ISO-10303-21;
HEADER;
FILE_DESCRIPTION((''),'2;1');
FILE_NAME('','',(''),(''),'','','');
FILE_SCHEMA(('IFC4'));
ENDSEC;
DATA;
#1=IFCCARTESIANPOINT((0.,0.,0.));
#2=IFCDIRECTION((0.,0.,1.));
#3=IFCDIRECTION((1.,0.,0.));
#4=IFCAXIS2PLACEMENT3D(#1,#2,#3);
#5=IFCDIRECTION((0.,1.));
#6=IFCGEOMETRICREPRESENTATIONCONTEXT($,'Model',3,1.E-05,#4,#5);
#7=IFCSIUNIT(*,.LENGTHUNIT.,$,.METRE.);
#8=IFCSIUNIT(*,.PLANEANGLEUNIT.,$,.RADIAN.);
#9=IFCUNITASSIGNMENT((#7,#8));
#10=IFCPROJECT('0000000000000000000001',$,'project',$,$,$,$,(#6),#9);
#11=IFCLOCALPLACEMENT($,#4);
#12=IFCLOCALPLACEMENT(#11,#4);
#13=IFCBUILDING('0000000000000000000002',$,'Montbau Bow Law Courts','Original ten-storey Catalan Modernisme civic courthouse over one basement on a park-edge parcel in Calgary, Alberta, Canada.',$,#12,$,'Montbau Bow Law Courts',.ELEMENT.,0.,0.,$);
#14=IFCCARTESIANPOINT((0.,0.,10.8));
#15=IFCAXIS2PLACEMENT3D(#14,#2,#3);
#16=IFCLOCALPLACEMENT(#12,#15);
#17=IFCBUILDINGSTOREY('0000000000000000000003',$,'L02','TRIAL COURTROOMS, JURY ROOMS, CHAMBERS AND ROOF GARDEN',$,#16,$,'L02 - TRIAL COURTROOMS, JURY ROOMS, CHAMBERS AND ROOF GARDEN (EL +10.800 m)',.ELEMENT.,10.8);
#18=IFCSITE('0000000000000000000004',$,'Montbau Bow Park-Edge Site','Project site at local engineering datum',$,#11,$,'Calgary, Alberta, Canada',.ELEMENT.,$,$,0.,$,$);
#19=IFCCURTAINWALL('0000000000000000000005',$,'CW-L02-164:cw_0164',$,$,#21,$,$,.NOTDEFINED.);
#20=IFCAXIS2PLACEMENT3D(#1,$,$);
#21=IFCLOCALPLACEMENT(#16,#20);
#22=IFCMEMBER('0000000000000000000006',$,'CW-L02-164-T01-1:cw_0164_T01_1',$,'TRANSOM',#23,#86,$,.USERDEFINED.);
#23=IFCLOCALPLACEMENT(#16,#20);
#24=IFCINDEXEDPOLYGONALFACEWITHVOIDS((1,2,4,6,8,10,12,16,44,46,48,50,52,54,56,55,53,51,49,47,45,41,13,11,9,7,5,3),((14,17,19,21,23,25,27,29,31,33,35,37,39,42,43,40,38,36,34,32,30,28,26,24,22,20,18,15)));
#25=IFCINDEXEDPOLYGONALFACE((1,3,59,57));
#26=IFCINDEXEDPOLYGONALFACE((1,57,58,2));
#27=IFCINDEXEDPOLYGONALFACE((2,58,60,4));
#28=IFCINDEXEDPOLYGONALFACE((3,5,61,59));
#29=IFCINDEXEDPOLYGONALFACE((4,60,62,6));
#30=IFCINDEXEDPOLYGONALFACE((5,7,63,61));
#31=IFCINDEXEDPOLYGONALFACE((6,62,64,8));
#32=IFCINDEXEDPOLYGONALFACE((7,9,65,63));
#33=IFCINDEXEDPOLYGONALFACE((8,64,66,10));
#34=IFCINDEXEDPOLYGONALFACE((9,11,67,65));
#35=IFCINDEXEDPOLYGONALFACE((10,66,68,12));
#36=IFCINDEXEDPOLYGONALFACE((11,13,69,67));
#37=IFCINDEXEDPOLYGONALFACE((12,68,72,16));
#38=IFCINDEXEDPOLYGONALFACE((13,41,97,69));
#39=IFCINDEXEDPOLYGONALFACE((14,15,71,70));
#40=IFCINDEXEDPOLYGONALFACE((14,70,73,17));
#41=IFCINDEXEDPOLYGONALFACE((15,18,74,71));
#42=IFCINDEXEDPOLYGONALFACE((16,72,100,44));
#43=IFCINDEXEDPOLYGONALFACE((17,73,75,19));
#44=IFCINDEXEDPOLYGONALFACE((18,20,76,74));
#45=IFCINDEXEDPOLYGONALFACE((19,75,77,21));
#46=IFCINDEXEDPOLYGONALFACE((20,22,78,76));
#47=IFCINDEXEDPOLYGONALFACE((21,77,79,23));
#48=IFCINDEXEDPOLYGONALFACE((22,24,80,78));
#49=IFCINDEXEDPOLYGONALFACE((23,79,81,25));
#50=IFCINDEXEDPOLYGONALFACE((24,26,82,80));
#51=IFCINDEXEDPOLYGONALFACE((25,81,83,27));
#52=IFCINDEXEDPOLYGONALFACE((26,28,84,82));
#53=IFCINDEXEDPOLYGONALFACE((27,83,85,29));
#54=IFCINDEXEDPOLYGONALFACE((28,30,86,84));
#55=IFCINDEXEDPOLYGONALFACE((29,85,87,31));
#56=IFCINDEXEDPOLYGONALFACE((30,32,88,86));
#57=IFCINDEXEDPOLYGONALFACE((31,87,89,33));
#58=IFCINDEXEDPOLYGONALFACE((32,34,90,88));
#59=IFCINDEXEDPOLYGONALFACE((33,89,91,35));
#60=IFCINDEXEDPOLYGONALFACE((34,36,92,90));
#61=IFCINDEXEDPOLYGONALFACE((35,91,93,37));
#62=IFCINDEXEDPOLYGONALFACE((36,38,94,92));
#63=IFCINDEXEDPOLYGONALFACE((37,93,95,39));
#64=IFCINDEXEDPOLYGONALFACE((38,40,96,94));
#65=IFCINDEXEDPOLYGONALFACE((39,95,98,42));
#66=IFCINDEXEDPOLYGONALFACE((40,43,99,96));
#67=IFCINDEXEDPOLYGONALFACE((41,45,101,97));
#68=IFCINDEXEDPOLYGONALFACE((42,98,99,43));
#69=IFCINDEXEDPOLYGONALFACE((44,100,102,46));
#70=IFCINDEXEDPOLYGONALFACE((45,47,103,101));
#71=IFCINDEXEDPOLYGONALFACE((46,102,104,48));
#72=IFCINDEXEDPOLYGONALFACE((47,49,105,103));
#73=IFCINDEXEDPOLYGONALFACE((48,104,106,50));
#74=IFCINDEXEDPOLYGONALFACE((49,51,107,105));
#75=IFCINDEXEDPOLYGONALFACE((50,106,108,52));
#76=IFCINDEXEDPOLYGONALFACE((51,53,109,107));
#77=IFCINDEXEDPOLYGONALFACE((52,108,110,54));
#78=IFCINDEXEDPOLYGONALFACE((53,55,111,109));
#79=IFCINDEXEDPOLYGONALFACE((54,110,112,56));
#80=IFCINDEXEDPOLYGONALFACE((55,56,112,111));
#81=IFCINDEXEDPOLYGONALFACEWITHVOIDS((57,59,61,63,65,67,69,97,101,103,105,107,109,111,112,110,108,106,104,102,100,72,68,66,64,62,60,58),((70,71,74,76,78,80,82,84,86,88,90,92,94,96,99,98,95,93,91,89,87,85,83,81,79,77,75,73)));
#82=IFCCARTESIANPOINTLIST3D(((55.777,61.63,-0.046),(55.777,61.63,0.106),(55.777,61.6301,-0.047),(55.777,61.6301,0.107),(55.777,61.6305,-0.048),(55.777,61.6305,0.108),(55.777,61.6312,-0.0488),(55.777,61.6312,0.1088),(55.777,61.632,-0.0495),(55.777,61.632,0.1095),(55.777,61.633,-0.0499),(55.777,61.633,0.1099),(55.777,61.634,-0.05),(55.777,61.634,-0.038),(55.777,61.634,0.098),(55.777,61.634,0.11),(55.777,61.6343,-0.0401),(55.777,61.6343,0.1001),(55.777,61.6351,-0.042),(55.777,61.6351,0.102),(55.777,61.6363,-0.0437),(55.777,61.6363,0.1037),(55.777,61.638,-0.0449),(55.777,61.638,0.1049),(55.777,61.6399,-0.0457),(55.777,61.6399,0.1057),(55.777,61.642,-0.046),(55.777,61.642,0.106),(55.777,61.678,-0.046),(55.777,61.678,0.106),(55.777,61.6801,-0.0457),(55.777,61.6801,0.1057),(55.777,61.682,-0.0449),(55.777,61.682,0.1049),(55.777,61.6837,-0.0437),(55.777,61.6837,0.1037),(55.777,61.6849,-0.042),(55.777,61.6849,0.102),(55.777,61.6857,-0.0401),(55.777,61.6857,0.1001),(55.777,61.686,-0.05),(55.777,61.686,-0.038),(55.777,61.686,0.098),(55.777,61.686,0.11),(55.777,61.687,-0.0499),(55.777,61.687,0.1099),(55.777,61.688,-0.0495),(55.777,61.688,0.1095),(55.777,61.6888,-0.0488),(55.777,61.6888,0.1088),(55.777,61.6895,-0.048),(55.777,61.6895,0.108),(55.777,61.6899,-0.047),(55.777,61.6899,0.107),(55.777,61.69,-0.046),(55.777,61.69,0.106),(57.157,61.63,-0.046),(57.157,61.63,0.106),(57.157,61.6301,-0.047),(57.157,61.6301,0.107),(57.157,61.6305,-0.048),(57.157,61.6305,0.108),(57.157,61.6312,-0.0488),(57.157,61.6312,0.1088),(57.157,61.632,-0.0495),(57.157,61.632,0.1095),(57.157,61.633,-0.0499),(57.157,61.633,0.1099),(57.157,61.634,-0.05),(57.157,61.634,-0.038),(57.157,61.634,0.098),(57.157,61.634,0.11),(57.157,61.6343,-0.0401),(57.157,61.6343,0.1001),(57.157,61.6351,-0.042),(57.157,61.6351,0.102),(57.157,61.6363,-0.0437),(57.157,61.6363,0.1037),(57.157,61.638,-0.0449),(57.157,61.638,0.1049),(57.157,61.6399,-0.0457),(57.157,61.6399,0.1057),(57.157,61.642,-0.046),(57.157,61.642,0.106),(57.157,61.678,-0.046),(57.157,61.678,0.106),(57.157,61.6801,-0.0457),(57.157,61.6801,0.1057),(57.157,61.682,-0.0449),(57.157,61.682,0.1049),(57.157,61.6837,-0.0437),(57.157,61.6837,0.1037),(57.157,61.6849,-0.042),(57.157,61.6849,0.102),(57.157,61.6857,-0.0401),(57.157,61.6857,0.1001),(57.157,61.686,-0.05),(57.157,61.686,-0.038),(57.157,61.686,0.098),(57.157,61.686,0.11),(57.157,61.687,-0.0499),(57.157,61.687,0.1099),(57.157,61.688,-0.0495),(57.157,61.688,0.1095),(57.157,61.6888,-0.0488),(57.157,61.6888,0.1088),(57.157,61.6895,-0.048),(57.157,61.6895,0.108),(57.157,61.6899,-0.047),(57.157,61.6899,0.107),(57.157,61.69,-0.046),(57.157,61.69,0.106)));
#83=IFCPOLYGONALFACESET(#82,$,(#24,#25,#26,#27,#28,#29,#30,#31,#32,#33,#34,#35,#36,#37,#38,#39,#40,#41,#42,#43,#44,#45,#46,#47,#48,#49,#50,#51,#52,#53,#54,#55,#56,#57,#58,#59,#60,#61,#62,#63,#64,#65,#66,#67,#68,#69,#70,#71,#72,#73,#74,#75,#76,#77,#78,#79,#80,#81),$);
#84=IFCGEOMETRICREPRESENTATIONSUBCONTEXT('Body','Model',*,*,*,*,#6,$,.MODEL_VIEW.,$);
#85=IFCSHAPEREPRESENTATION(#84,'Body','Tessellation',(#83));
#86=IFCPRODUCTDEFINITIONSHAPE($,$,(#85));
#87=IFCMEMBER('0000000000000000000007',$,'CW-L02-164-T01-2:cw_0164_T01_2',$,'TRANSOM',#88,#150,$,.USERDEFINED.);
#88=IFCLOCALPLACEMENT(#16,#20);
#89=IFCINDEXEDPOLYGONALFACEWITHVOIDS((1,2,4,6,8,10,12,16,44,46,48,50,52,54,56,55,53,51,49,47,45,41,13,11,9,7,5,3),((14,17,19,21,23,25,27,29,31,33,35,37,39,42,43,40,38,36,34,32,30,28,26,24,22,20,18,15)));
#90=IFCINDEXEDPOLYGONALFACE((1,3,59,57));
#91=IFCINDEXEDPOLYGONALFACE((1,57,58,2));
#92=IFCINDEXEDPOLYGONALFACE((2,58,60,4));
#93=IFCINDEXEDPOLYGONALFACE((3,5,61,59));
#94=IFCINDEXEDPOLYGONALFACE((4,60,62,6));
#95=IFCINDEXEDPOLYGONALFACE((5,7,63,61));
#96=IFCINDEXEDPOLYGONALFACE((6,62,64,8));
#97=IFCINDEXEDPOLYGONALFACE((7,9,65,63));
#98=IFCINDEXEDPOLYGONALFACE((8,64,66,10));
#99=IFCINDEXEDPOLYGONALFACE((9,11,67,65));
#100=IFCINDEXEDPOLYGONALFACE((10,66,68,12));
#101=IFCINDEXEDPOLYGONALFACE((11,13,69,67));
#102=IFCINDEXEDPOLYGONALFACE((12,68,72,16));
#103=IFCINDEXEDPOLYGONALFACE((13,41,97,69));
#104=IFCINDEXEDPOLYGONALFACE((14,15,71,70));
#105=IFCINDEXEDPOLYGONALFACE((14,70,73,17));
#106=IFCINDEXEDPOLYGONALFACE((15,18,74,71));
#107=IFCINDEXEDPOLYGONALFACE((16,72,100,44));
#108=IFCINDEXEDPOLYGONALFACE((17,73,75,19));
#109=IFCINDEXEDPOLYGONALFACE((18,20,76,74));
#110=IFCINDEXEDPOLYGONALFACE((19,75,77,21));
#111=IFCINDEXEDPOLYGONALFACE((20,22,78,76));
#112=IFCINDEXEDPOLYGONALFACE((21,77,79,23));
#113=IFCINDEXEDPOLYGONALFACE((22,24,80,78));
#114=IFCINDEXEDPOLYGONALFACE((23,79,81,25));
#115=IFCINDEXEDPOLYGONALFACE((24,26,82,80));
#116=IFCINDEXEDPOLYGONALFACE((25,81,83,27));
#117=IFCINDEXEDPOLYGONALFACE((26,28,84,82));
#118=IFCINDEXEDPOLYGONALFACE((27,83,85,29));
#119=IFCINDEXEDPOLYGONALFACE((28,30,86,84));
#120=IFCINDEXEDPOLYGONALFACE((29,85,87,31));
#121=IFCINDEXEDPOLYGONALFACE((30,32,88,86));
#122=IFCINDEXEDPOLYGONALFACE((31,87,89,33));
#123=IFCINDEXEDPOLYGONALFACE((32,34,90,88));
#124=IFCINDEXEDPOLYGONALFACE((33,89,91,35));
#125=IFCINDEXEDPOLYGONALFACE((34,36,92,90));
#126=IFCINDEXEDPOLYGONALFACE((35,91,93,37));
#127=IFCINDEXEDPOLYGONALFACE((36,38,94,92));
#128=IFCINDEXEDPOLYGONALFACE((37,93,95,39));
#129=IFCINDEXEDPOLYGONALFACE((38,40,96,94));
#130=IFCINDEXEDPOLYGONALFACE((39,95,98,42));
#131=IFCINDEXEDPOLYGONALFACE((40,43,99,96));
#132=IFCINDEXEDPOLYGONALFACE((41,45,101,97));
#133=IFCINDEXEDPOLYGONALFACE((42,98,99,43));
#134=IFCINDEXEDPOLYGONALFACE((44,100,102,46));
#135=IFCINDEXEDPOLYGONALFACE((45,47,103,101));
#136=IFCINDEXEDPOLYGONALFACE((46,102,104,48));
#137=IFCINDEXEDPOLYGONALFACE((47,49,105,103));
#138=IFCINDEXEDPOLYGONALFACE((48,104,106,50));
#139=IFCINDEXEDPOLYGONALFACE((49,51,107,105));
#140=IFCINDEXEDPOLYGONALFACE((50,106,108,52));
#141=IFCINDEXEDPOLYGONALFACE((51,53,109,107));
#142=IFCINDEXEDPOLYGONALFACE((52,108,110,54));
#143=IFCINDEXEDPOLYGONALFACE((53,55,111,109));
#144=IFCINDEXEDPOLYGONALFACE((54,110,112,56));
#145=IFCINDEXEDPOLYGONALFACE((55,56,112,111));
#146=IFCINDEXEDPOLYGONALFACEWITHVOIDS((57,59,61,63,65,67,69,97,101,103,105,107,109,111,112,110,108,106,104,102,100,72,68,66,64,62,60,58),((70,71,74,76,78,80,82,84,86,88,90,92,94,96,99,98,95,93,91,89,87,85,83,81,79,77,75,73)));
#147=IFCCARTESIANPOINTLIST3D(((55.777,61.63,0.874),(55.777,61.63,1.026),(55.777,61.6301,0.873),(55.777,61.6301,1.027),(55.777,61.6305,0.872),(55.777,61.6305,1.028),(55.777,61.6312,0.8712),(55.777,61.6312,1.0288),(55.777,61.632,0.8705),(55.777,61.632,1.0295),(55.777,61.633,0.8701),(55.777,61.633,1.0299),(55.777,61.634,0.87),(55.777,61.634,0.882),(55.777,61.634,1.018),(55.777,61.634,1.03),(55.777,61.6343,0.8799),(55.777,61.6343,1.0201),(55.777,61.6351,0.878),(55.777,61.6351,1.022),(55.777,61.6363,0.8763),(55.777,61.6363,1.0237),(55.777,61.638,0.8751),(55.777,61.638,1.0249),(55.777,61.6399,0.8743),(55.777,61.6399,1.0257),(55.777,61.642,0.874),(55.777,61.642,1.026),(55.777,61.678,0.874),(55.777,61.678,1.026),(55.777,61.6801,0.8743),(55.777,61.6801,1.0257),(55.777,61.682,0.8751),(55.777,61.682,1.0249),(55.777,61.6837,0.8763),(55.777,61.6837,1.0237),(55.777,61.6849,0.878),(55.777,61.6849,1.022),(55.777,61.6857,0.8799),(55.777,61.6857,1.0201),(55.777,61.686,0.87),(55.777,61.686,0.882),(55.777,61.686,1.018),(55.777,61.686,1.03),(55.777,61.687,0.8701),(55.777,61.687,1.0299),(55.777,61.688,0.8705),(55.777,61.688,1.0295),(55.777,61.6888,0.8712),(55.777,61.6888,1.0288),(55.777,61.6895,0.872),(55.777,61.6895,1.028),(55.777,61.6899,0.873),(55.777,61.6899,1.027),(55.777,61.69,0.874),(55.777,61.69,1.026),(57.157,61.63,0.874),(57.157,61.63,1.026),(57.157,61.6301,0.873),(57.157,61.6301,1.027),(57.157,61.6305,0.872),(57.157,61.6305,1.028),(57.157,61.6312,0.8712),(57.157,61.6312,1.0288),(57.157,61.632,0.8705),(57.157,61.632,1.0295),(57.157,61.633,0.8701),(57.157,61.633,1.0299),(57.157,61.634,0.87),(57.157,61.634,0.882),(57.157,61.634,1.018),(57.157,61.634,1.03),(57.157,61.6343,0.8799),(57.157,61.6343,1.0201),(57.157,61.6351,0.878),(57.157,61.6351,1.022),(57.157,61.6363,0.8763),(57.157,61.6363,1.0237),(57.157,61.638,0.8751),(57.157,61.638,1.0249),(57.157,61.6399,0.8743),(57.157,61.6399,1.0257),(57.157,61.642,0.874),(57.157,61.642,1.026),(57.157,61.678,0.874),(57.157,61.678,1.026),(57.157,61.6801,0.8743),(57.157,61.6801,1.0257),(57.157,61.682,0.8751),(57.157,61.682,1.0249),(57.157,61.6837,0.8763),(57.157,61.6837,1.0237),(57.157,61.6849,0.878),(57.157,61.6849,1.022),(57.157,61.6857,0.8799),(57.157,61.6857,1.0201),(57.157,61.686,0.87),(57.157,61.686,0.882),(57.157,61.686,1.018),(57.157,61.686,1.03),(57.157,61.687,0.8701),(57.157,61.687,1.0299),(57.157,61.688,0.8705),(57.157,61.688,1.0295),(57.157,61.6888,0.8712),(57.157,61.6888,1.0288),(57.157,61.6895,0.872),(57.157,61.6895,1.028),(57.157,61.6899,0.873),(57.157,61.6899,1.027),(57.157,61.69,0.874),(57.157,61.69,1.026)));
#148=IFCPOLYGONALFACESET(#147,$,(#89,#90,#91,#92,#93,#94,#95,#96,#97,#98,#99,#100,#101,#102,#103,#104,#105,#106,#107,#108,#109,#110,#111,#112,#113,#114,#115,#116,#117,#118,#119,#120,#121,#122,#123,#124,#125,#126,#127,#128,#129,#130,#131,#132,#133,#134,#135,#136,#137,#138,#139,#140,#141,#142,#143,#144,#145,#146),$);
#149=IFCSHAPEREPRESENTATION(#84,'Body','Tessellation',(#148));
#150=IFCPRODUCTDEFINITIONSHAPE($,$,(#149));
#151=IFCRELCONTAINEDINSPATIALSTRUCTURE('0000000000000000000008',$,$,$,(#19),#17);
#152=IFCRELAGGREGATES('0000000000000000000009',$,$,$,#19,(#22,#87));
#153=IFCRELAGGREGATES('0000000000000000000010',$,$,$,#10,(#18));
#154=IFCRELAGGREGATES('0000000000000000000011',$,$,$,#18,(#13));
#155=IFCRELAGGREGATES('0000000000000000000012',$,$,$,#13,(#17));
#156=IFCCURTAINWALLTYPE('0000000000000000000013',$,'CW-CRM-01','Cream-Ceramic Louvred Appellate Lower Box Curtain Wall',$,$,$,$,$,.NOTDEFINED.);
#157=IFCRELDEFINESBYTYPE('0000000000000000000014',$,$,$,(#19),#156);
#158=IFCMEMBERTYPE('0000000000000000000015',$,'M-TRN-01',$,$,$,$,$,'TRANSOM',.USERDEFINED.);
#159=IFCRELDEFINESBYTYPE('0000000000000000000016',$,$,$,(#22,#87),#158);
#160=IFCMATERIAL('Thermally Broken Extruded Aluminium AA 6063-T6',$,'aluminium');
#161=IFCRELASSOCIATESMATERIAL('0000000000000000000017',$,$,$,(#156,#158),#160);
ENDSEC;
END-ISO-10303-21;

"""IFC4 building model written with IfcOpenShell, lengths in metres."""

from ifc_helpers import new_model, si_unit, direction, frame, origin_with_axes, origin_2d_with_axis, place, context, subcontext, project, spatial, hollow_rectangle, extrude, material, material_profile, profile_set, type_object, element, aggregate, save


model = new_model("IFC4")

# Units and contexts
model_context = context("Model", 3, precision=1e-05, world=origin_with_axes(), true_north=direction((0.0, 1.0)))
body_context = subcontext(model_context, "Body", "Model", "MODEL_VIEW")
ifc_project = project(units=[si_unit("LENGTHUNIT", "METRE"), si_unit("PLANEANGLEUNIT", "RADIAN")], contexts=[model_context])

# Site, building, storey
site_placement = place(None, origin_with_axes())
site = spatial("IfcSite", under=ifc_project, at=site_placement, Name="Montbau Bow Park-Edge Site", Description="Project site at local engineering datum", LongName="Calgary, Alberta, Canada", CompositionType="ELEMENT", RefElevation=0.0)
building_placement = place(site_placement, origin_with_axes())
building = spatial("IfcBuilding", under=site, at=building_placement, Name="Montbau Bow Law Courts", Description="Original ten-storey Catalan Modernisme civic courthouse over one basement on a park-edge parcel in Calgary, Alberta, Canada.", LongName="Montbau Bow Law Courts", CompositionType="ELEMENT", ElevationOfRefHeight=0.0, ElevationOfTerrain=0.0)
storey_placement = place(building_placement, frame((0.0, 0.0, 10.8), z_axis=(0.0, 0.0, 1.0), x_axis=(1.0, 0.0, 0.0)))
storey = spatial("IfcBuildingStorey", under=building, at=storey_placement, Name="L02", Description="TRIAL COURTROOMS, JURY ROOMS, CHAMBERS AND ROOF GARDEN", LongName="L02 - TRIAL COURTROOMS, JURY ROOMS, CHAMBERS AND ROOF GARDEN (EL +10.800 m)", CompositionType="ELEMENT", Elevation=10.8)

# Curtain wall, members
ifc_material_1 = material(Name="Thermally Broken Extruded Aluminium AA 6063-T6", Category="aluminium")
curtain_wall_type = type_object("IfcCurtainWallType", Name="CW-CRM-01", Description="Cream-Ceramic Louvred Appellate Lower Box Curtain Wall", PredefinedType="NOTDEFINED", material=ifc_material_1)
curtain_wall_1_placement = place(None, frame((55.715, 61.66, 10.8), z_axis=(0.0, 0.0, 1.0), x_axis=(1.0, 0.0, 0.0)))
curtain_wall_1 = element("IfcCurtainWall", 1, at=curtain_wall_1_placement, inside=storey, type_object=curtain_wall_type, Name="CW-L02-164:cw_0164", PredefinedType="NOTDEFINED")
ifc_material_profile_1 = material_profile(ifc_material_1, hollow_rectangle(XDim=0.06, YDim=0.16, WallThickness=0.004, InnerFilletRadius=0.008, OuterFilletRadius=0.004, at=origin_2d_with_axis()), Name="CWT-160X60", Category="Main", Priority=0)
ifc_profile_set_1 = profile_set([ifc_material_profile_1], Name="Thermally Broken Extruded Aluminium AA 6063-T6")
member_type_1 = type_object("IfcMemberType", Name="M-TRN-01", ElementType="TRANSOM", PredefinedType="USERDEFINED", material=ifc_profile_set_1)
member_1_placement = place(None, frame((55.777, 61.66, 10.83), z_axis=(1.0, 0.0, 0.0), x_axis=(0.0, 1.0, 0.0)))
member_1 = element("IfcMember", 2, at=member_1_placement, type_object=member_type_1, Name="CW-L02-164-T01-1:cw_0164_T01_1", ObjectType="TRANSOM", PredefinedType="USERDEFINED", context=body_context, shape_type="SweptSolid", body=[
    extrude(hollow_rectangle(XDim=0.06, YDim=0.16, WallThickness=0.004, InnerFilletRadius=0.008, OuterFilletRadius=0.004, at=origin_2d_with_axis()), origin_with_axes(), (0.0, 0.0, 1.0), 1.38),
])
member_2_placement = place(None, frame((55.777, 61.66, 11.75), z_axis=(1.0, 0.0, 0.0), x_axis=(0.0, 1.0, 0.0)))
member_2 = element("IfcMember", 3, at=member_2_placement, type_object=member_type_1, Name="CW-L02-164-T01-2:cw_0164_T01_2", ObjectType="TRANSOM", PredefinedType="USERDEFINED", context=body_context, shape_type="SweptSolid", body=[
    extrude(hollow_rectangle(XDim=0.06, YDim=0.16, WallThickness=0.004, InnerFilletRadius=0.008, OuterFilletRadius=0.004, at=origin_2d_with_axis()), origin_with_axes(), (0.0, 0.0, 1.0), 1.38),
])

aggregate(curtain_wall_1, [member_1, member_2])

save(model, "model.ifc")
